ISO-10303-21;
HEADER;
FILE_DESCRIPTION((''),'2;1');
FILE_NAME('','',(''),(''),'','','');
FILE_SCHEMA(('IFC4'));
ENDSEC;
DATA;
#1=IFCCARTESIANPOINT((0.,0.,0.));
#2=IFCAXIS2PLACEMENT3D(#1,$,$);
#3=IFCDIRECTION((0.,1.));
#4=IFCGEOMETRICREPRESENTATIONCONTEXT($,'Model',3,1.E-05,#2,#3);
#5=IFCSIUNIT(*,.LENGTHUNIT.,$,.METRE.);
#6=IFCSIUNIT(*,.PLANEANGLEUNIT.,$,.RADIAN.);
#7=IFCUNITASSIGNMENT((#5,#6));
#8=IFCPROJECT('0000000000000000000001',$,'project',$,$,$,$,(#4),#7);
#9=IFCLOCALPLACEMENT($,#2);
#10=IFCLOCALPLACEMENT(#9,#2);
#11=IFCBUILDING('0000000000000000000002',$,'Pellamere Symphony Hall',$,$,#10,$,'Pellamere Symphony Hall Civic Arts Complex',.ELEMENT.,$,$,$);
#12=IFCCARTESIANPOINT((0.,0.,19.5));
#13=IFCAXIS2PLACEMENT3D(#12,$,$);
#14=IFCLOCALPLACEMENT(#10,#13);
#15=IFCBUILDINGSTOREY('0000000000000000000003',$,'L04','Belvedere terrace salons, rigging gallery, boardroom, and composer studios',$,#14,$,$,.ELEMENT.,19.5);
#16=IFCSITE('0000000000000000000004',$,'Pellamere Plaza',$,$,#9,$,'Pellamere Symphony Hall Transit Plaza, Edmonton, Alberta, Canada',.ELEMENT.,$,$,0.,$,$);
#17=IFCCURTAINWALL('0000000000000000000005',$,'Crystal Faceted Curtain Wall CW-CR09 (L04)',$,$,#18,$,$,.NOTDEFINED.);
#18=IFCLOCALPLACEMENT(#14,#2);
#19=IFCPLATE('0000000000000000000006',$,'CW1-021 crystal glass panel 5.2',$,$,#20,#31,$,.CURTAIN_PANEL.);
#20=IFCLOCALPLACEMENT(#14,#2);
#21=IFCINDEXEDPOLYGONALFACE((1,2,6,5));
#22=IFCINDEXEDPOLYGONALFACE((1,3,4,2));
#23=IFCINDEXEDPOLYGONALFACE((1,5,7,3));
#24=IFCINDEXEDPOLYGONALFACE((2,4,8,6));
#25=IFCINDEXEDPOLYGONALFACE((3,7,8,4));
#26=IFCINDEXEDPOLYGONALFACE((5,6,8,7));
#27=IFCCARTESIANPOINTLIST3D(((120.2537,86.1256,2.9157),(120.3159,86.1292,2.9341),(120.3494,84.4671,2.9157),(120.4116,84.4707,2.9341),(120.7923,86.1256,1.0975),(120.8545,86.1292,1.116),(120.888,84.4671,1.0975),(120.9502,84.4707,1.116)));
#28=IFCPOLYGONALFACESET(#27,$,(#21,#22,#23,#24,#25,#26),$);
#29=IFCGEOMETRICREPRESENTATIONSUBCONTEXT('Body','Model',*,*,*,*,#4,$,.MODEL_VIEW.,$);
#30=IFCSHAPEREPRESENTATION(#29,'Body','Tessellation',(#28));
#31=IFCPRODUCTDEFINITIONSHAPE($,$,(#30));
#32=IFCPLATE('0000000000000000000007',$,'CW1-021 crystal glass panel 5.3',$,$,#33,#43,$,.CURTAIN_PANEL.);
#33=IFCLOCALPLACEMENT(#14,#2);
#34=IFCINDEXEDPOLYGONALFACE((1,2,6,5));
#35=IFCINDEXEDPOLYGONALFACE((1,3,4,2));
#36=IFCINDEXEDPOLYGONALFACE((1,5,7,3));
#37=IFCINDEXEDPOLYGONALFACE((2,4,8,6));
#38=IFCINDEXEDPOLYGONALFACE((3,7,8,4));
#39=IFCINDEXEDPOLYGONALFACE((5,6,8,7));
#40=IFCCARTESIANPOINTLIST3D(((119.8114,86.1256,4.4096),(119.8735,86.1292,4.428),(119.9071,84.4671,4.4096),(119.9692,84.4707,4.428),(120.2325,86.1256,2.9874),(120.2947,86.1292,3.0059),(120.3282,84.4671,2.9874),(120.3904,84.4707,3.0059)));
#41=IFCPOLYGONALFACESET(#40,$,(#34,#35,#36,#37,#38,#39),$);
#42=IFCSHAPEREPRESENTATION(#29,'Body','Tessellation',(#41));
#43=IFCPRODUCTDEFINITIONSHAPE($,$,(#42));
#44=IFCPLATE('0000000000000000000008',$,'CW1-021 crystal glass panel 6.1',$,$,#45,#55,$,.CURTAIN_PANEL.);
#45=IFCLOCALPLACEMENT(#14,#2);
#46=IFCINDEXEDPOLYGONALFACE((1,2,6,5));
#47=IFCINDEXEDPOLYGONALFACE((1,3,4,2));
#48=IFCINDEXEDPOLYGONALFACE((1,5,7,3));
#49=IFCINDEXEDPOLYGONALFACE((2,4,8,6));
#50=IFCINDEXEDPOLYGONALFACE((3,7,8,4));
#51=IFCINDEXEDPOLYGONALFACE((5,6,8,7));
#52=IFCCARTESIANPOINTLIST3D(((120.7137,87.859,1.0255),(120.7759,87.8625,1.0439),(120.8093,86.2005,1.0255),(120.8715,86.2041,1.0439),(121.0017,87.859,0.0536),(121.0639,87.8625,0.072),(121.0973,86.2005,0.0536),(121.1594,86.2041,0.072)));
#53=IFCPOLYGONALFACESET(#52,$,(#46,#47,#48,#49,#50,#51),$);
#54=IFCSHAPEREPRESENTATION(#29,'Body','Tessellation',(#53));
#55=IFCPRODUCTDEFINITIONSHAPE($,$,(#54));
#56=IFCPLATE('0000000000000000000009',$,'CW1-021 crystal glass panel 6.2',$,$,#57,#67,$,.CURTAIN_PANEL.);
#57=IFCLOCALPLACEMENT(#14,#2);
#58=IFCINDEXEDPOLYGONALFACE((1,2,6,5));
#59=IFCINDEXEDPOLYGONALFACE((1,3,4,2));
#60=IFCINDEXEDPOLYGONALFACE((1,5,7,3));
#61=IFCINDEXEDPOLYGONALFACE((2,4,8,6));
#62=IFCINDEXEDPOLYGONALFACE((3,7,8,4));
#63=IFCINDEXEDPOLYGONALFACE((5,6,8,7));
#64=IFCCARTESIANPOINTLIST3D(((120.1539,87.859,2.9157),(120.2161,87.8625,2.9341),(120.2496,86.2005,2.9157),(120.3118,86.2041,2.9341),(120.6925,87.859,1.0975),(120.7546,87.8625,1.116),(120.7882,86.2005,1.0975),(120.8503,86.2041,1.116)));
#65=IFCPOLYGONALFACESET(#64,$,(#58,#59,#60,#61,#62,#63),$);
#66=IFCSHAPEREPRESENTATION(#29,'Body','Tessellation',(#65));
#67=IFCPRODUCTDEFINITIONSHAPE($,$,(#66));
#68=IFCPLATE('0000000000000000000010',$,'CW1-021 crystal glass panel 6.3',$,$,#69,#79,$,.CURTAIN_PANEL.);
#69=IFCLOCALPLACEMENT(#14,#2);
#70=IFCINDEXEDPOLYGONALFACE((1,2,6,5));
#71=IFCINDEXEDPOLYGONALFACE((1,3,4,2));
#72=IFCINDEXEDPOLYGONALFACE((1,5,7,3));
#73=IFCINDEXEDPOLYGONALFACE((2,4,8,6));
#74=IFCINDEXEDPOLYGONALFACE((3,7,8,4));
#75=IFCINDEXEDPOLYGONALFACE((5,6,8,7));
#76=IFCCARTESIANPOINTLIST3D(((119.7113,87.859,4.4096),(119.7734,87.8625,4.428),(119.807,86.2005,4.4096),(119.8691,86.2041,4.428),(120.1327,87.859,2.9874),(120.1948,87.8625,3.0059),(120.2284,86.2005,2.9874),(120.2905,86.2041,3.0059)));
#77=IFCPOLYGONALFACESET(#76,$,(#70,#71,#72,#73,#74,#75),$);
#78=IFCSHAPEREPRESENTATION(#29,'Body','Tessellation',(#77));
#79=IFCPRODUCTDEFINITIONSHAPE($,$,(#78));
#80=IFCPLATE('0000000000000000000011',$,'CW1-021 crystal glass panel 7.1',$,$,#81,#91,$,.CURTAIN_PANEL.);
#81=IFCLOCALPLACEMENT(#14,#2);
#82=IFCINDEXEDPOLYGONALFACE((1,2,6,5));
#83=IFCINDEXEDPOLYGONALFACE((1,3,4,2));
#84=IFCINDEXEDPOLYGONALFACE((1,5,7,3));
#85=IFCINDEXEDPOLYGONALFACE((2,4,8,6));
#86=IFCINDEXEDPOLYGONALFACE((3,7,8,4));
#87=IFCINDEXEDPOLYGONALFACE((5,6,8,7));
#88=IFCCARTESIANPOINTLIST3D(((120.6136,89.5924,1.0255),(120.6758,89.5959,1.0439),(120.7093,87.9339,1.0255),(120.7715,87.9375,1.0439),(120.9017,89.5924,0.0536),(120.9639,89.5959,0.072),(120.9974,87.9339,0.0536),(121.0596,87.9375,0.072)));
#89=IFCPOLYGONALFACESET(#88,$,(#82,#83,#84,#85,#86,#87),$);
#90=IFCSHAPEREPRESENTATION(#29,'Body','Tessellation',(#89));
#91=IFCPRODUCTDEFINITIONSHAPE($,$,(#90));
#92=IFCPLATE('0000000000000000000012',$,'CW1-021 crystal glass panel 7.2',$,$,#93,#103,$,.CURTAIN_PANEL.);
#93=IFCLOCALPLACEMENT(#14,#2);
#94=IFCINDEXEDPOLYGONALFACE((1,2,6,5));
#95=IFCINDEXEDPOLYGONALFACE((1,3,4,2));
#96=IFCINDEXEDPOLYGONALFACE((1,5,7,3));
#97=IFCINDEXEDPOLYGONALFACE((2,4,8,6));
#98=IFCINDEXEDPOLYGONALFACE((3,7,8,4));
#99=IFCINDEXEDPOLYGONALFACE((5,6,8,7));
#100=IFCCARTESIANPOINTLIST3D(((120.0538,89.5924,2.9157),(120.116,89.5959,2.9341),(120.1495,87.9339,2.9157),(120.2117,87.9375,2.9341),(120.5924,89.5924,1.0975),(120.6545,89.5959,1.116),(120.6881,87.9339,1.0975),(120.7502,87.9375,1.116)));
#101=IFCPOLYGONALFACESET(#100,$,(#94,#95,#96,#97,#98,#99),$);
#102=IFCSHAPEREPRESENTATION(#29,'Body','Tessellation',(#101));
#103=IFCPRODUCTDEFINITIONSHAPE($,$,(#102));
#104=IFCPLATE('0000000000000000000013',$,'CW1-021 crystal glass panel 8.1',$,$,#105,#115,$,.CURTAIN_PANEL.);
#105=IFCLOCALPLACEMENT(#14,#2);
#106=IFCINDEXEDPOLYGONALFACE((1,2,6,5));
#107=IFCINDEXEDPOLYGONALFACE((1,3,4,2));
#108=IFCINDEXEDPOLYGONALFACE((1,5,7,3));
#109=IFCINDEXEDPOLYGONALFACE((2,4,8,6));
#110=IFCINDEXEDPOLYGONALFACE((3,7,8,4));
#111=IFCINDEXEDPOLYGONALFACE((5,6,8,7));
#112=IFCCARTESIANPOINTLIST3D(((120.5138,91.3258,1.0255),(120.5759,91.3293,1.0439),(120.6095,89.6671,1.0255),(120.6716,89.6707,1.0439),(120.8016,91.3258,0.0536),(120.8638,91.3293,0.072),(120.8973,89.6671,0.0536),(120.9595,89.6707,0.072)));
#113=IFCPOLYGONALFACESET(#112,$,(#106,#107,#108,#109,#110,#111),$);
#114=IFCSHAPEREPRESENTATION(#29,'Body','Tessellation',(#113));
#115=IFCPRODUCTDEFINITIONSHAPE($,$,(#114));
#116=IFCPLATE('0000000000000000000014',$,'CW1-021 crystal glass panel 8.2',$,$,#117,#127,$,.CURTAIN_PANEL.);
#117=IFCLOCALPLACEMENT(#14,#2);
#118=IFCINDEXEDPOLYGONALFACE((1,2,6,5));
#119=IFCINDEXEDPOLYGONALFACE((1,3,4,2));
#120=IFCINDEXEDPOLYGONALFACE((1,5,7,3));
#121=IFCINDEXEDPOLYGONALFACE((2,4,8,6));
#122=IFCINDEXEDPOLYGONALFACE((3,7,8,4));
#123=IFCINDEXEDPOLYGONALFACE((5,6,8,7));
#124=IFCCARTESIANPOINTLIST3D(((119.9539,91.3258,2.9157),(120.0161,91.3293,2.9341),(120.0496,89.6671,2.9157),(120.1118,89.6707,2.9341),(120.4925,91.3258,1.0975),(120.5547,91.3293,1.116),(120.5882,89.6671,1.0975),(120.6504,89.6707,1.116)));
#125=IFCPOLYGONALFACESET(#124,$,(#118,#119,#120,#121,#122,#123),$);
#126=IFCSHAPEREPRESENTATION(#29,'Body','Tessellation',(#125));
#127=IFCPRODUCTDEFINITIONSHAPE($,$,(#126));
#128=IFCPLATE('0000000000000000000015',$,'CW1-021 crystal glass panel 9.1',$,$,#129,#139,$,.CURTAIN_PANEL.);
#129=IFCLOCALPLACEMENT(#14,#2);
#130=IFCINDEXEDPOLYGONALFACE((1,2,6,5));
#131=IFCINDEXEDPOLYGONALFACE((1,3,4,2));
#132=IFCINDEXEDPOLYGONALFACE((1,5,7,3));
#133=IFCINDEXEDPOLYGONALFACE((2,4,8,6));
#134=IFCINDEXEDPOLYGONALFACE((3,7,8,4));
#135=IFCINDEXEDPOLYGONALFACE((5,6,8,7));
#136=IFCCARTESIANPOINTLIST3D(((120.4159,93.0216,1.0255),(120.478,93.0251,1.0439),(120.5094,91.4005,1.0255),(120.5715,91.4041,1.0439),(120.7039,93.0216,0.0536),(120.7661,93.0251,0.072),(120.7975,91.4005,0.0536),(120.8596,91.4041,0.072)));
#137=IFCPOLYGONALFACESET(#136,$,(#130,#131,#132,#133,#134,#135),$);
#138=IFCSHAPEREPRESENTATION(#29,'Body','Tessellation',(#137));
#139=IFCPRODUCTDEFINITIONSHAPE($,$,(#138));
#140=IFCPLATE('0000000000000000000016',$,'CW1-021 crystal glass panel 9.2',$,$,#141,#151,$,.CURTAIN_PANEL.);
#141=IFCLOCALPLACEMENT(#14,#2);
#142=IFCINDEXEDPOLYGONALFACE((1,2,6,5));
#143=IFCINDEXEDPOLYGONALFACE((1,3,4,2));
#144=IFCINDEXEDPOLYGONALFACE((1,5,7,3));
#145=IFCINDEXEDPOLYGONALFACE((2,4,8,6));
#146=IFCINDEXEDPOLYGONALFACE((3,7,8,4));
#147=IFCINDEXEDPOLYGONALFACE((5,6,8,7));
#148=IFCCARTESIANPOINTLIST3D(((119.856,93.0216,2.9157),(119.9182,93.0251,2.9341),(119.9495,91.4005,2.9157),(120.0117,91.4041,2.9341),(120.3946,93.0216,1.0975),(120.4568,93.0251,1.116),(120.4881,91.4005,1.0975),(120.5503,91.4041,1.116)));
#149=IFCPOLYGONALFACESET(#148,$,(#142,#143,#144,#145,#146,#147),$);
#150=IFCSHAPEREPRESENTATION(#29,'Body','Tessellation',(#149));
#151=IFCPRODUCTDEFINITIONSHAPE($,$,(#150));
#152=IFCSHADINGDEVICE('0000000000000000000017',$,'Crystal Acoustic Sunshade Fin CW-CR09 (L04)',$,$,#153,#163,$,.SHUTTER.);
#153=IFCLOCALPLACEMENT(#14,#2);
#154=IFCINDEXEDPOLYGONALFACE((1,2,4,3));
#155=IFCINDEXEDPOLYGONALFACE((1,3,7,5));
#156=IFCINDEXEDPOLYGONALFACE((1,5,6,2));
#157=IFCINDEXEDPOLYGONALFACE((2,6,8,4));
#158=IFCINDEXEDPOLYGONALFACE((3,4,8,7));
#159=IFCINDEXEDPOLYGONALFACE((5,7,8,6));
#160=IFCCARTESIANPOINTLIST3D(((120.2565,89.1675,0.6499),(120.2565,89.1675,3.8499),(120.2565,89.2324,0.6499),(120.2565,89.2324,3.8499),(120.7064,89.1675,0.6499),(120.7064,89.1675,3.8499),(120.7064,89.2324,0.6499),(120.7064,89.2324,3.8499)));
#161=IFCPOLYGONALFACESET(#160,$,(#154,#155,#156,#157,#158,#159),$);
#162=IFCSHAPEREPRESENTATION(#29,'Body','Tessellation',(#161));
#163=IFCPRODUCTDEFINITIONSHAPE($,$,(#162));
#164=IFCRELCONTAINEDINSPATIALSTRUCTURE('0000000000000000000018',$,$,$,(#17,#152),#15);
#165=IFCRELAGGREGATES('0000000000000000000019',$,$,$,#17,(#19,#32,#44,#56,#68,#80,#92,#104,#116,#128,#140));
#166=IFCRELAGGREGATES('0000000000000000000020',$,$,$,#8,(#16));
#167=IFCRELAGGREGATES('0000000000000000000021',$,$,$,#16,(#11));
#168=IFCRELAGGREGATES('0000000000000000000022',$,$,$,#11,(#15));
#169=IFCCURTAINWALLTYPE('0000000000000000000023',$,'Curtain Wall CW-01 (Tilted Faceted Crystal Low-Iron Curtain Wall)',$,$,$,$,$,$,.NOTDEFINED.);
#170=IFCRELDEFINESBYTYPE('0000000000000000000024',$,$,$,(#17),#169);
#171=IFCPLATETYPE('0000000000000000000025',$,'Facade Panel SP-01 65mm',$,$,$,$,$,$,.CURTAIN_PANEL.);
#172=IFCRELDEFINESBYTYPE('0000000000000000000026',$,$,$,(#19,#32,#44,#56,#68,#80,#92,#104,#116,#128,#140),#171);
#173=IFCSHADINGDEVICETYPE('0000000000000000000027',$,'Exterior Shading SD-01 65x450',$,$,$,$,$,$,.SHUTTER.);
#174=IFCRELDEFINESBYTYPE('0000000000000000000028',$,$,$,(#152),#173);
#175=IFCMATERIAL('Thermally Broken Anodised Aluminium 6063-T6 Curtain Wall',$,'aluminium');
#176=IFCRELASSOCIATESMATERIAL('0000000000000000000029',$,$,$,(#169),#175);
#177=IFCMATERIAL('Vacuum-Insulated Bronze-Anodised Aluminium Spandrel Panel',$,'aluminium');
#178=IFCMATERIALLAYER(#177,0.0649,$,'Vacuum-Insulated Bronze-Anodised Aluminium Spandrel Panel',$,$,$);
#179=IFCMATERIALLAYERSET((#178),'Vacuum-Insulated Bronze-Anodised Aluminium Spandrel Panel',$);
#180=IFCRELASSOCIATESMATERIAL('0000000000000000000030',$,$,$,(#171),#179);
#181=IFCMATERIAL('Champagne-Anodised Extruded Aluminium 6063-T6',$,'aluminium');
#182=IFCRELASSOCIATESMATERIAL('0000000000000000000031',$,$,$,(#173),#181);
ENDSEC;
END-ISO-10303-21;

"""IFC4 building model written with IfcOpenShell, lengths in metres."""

from ifc_helpers import new_model, si_unit, direction, frame, origin, origin_2d, place, context, subcontext, project, spatial, polyline, rectangle, outline, extrude, material, layer, layer_set, type_object, element, aggregate, save


model = new_model("IFC4")

# Units and contexts
model_context = context("Model", 3, precision=1e-05, world=origin(), true_north=direction((0.0, 1.0)))
body_context = subcontext(model_context, "Body", "Model", "MODEL_VIEW")
ifc_project = project(units=[si_unit("LENGTHUNIT", "METRE"), si_unit("PLANEANGLEUNIT", "RADIAN")], contexts=[model_context])

# Site, building, storey
site_placement = place(None, origin())
site = spatial("IfcSite", under=ifc_project, at=site_placement, Name="Pellamere Plaza", LongName="Pellamere Symphony Hall Transit Plaza, Edmonton, Alberta, Canada", CompositionType="ELEMENT", RefElevation=0.0)
building_placement = place(site_placement, origin())
building = spatial("IfcBuilding", under=site, at=building_placement, Name="Pellamere Symphony Hall", LongName="Pellamere Symphony Hall Civic Arts Complex", CompositionType="ELEMENT")
storey_placement = place(building_placement, frame((0.0, 0.0, 19.5)))
storey = spatial("IfcBuildingStorey", under=building, at=storey_placement, Name="L04", Description="Belvedere terrace salons, rigging gallery, boardroom, and composer studios", CompositionType="ELEMENT", Elevation=19.5)

# Curtain wall, plates
ifc_material_1 = material(Name="Thermally Broken Anodised Aluminium 6063-T6 Curtain Wall", Category="aluminium")
curtain_wall_type = type_object("IfcCurtainWallType", Name="Curtain Wall CW-01 (Tilted Faceted Crystal Low-Iron Curtain Wall)", PredefinedType="NOTDEFINED", material=ifc_material_1)
curtain_wall_placement = place(storey_placement, origin())
curtain_wall = element("IfcCurtainWall", 1, at=curtain_wall_placement, inside=storey, type_object=curtain_wall_type, Name="Crystal Faceted Curtain Wall CW-CR09 (L04)", PredefinedType="NOTDEFINED")
ifc_material_2 = material(Name="Vacuum-Insulated Bronze-Anodised Aluminium Spandrel Panel", Category="aluminium")
ifc_layer = layer(ifc_material_2, 0.0649, Name="Vacuum-Insulated Bronze-Anodised Aluminium Spandrel Panel")
ifc_layer_set = layer_set([ifc_layer], Name="Vacuum-Insulated Bronze-Anodised Aluminium Spandrel Panel")
plate_type = type_object("IfcPlateType", Name="Facade Panel SP-01 65mm", PredefinedType="CURTAIN_PANEL", material=ifc_layer_set)
plate_1_placement = place(storey_placement, frame((120.9502, 84.4707, 1.116), z_axis=(0.957352, 0.055245, 0.283593), x_axis=(-0.057611, 0.998339, 0.0)))
plate_1 = element("IfcPlate", 2, at=plate_1_placement, type_object=plate_type, Name="CW1-021 crystal glass panel 5.2", PredefinedType="CURTAIN_PANEL", context=body_context, shape_type="SweptSolid", body=[
    extrude(outline(polyline([(0.0, 0.0), (1.6612, 0.0), (1.6922, 1.896), (0.031, 1.896), (0.0, 0.0)])), origin(), (0.0, 0.0, -1.0), 0.0649),
])
plate_2_placement = place(storey_placement, frame((120.3904, 84.4707, 3.0059), z_axis=(0.957375, 0.055247, 0.283515), x_axis=(-0.057611, 0.998339, 0.0)))
plate_2 = element("IfcPlate", 3, at=plate_2_placement, type_object=plate_type, Name="CW1-021 crystal glass panel 5.3", PredefinedType="CURTAIN_PANEL", context=body_context, shape_type="SweptSolid", body=[
    extrude(outline(polyline([(0.0, 0.0), (1.6612, 0.0), (1.6855, 1.483), (0.0243, 1.483), (0.0, 0.0)])), origin(), (0.0, 0.0, -1.0), 0.0649),
])
plate_3_placement = place(storey_placement, frame((121.1594, 86.2041, 0.072), z_axis=(0.957341, 0.055174, 0.283643), x_axis=(-0.057531, 0.998344, -0.00002)))
plate_3 = element("IfcPlate", 4, at=plate_3_placement, type_object=plate_type, Name="CW1-021 crystal glass panel 6.1", PredefinedType="CURTAIN_PANEL", context=body_context, shape_type="SweptSolid", body=[
    extrude(outline(polyline([(0.0, 0.0), (1.6612, 0.0), (1.6777, 1.0136), (0.0165, 1.0135), (0.0, 0.0)])), origin(), (0.0, 0.0, -1.0), 0.0649),
])
plate_4_placement = place(storey_placement, frame((120.8503, 86.2041, 1.116), z_axis=(0.957352, 0.055245, 0.283593), x_axis=(-0.057611, 0.998339, 0.0)))
plate_4 = element("IfcPlate", 5, at=plate_4_placement, type_object=plate_type, Name="CW1-021 crystal glass panel 6.2", PredefinedType="CURTAIN_PANEL", context=body_context, shape_type="SweptSolid", body=[
    extrude(outline(polyline([(0.0, 0.0), (1.6612, 0.0), (1.6922, 1.896), (0.031, 1.896), (0.0, 0.0)])), origin(), (0.0, 0.0, -1.0), 0.0649),
])
plate_5_placement = place(storey_placement, frame((120.2905, 86.2041, 3.0059), z_axis=(0.957331, 0.055244, 0.283666), x_axis=(-0.057611, 0.998339, 0.0)))
plate_5 = element("IfcPlate", 6, at=plate_5_placement, type_object=plate_type, Name="CW1-021 crystal glass panel 6.3", PredefinedType="CURTAIN_PANEL", context=body_context, shape_type="SweptSolid", body=[
    extrude(outline(polyline([(0.0, 0.0), (1.6612, 0.0), (1.6855, 1.483), (0.0243, 1.483), (0.0, 0.0)])), origin(), (0.0, 0.0, -1.0), 0.0649),
])
plate_6_placement = place(storey_placement, frame((121.0596, 87.9375, 0.072), z_axis=(0.957305, 0.055243, 0.283753), x_axis=(-0.057611, 0.998339, 0.0)))
plate_6 = element("IfcPlate", 7, at=plate_6_placement, type_object=plate_type, Name="CW1-021 crystal glass panel 7.1", PredefinedType="CURTAIN_PANEL", context=body_context, shape_type="SweptSolid", body=[
    extrude(outline(polyline([(0.0, 0.0), (1.6612, 0.0), (1.6778, 1.0136), (0.0166, 1.0136), (0.0, 0.0)])), origin(), (0.0, 0.0, -1.0), 0.0649),
])
plate_7_placement = place(storey_placement, frame((120.7502, 87.9375, 1.116), z_axis=(0.957352, 0.055245, 0.283593), x_axis=(-0.057611, 0.998339, 0.0)))
plate_7 = element("IfcPlate", 8, at=plate_7_placement, type_object=plate_type, Name="CW1-021 crystal glass panel 7.2", PredefinedType="CURTAIN_PANEL", context=body_context, shape_type="SweptSolid", body=[
    extrude(outline(polyline([(0.0, 0.0), (1.6612, 0.0), (1.6922, 1.896), (0.031, 1.896), (0.0, 0.0)])), origin(), (0.0, 0.0, -1.0), 0.0649),
])
plate_8_placement = place(storey_placement, frame((120.9595, 89.6707, 0.072), z_axis=(0.957371, 0.055238, 0.283532), x_axis=(-0.057602, 0.99834, 0.0)))
plate_8 = element("IfcPlate", 9, at=plate_8_placement, type_object=plate_type, Name="CW1-021 crystal glass panel 8.1", PredefinedType="CURTAIN_PANEL", context=body_context, shape_type="SweptSolid", body=[
    extrude(outline(polyline([(0.0, 0.0), (1.6615, 0.0), (1.678, 1.0135), (0.0166, 1.0135), (0.0, 0.0)])), origin(), (0.0, 0.0, -1.0), 0.0649),
])
plate_9_placement = place(storey_placement, frame((120.6504, 89.6707, 1.116), z_axis=(0.957352, 0.055237, 0.283593), x_axis=(-0.057602, 0.99834, 0.0)))
plate_9 = element("IfcPlate", 10, at=plate_9_placement, type_object=plate_type, Name="CW1-021 crystal glass panel 8.2", PredefinedType="CURTAIN_PANEL", context=body_context, shape_type="SweptSolid", body=[
    extrude(outline(polyline([(0.0, 0.0), (1.6615, 0.0), (1.6925, 1.896), (0.031, 1.896), (0.0, 0.0)])), origin(), (0.0, 0.0, -1.0), 0.0649),
])
plate_10_placement = place(storey_placement, frame((120.8596, 91.4041, 0.072), z_axis=(0.957306, 0.055218, 0.283753), x_axis=(-0.057585, 0.998341, 0.0)))
plate_10 = element("IfcPlate", 11, at=plate_10_placement, type_object=plate_type, Name="CW1-021 crystal glass panel 9.1", PredefinedType="CURTAIN_PANEL", context=body_context, shape_type="SweptSolid", body=[
    extrude(outline(polyline([(0.0, 0.0), (1.6238, 0.0), (1.6404, 1.0136), (0.0166, 1.0136), (0.0, 0.0)])), origin(), (0.0, 0.0, -1.0), 0.0649),
])
plate_11_placement = place(storey_placement, frame((120.5503, 91.4041, 1.116), z_axis=(0.957353, 0.055221, 0.283594), x_axis=(-0.057585, 0.998341, 0.0)))
plate_11 = element("IfcPlate", 12, at=plate_11_placement, type_object=plate_type, Name="CW1-021 crystal glass panel 9.2", PredefinedType="CURTAIN_PANEL", context=body_context, shape_type="SweptSolid", body=[
    extrude(outline(polyline([(0.0, 0.0), (1.6238, 0.0), (1.6548, 1.896), (0.031, 1.896), (0.0, 0.0)])), origin(), (0.0, 0.0, -1.0), 0.0649),
])
aggregate(curtain_wall, [plate_1, plate_2, plate_3, plate_4, plate_5, plate_6, plate_7, plate_8, plate_9, plate_10, plate_11])

# Shading device
ifc_material_3 = material(Name="Champagne-Anodised Extruded Aluminium 6063-T6", Category="aluminium")
shading_device_type = type_object("IfcShadingDeviceType", Name="Exterior Shading SD-01 65x450", PredefinedType="SHUTTER", material=ifc_material_3)
shading_device_placement = place(storey_placement, frame((120.4814, 89.2, 0.6499), z_axis=(0.0, 0.0, 1.0), x_axis=(0.0, 1.0, 0.0)))
element("IfcShadingDevice", 13, at=shading_device_placement, inside=storey, type_object=shading_device_type, Name="Crystal Acoustic Sunshade Fin CW-CR09 (L04)", PredefinedType="SHUTTER", context=body_context, shape_type="SweptSolid", body=[
    extrude(rectangle(XDim=0.0649, YDim=0.45, at=origin_2d()), origin(), (0.0, 0.0, 1.0), 3.2),
])

save(model, "model.ifc")
